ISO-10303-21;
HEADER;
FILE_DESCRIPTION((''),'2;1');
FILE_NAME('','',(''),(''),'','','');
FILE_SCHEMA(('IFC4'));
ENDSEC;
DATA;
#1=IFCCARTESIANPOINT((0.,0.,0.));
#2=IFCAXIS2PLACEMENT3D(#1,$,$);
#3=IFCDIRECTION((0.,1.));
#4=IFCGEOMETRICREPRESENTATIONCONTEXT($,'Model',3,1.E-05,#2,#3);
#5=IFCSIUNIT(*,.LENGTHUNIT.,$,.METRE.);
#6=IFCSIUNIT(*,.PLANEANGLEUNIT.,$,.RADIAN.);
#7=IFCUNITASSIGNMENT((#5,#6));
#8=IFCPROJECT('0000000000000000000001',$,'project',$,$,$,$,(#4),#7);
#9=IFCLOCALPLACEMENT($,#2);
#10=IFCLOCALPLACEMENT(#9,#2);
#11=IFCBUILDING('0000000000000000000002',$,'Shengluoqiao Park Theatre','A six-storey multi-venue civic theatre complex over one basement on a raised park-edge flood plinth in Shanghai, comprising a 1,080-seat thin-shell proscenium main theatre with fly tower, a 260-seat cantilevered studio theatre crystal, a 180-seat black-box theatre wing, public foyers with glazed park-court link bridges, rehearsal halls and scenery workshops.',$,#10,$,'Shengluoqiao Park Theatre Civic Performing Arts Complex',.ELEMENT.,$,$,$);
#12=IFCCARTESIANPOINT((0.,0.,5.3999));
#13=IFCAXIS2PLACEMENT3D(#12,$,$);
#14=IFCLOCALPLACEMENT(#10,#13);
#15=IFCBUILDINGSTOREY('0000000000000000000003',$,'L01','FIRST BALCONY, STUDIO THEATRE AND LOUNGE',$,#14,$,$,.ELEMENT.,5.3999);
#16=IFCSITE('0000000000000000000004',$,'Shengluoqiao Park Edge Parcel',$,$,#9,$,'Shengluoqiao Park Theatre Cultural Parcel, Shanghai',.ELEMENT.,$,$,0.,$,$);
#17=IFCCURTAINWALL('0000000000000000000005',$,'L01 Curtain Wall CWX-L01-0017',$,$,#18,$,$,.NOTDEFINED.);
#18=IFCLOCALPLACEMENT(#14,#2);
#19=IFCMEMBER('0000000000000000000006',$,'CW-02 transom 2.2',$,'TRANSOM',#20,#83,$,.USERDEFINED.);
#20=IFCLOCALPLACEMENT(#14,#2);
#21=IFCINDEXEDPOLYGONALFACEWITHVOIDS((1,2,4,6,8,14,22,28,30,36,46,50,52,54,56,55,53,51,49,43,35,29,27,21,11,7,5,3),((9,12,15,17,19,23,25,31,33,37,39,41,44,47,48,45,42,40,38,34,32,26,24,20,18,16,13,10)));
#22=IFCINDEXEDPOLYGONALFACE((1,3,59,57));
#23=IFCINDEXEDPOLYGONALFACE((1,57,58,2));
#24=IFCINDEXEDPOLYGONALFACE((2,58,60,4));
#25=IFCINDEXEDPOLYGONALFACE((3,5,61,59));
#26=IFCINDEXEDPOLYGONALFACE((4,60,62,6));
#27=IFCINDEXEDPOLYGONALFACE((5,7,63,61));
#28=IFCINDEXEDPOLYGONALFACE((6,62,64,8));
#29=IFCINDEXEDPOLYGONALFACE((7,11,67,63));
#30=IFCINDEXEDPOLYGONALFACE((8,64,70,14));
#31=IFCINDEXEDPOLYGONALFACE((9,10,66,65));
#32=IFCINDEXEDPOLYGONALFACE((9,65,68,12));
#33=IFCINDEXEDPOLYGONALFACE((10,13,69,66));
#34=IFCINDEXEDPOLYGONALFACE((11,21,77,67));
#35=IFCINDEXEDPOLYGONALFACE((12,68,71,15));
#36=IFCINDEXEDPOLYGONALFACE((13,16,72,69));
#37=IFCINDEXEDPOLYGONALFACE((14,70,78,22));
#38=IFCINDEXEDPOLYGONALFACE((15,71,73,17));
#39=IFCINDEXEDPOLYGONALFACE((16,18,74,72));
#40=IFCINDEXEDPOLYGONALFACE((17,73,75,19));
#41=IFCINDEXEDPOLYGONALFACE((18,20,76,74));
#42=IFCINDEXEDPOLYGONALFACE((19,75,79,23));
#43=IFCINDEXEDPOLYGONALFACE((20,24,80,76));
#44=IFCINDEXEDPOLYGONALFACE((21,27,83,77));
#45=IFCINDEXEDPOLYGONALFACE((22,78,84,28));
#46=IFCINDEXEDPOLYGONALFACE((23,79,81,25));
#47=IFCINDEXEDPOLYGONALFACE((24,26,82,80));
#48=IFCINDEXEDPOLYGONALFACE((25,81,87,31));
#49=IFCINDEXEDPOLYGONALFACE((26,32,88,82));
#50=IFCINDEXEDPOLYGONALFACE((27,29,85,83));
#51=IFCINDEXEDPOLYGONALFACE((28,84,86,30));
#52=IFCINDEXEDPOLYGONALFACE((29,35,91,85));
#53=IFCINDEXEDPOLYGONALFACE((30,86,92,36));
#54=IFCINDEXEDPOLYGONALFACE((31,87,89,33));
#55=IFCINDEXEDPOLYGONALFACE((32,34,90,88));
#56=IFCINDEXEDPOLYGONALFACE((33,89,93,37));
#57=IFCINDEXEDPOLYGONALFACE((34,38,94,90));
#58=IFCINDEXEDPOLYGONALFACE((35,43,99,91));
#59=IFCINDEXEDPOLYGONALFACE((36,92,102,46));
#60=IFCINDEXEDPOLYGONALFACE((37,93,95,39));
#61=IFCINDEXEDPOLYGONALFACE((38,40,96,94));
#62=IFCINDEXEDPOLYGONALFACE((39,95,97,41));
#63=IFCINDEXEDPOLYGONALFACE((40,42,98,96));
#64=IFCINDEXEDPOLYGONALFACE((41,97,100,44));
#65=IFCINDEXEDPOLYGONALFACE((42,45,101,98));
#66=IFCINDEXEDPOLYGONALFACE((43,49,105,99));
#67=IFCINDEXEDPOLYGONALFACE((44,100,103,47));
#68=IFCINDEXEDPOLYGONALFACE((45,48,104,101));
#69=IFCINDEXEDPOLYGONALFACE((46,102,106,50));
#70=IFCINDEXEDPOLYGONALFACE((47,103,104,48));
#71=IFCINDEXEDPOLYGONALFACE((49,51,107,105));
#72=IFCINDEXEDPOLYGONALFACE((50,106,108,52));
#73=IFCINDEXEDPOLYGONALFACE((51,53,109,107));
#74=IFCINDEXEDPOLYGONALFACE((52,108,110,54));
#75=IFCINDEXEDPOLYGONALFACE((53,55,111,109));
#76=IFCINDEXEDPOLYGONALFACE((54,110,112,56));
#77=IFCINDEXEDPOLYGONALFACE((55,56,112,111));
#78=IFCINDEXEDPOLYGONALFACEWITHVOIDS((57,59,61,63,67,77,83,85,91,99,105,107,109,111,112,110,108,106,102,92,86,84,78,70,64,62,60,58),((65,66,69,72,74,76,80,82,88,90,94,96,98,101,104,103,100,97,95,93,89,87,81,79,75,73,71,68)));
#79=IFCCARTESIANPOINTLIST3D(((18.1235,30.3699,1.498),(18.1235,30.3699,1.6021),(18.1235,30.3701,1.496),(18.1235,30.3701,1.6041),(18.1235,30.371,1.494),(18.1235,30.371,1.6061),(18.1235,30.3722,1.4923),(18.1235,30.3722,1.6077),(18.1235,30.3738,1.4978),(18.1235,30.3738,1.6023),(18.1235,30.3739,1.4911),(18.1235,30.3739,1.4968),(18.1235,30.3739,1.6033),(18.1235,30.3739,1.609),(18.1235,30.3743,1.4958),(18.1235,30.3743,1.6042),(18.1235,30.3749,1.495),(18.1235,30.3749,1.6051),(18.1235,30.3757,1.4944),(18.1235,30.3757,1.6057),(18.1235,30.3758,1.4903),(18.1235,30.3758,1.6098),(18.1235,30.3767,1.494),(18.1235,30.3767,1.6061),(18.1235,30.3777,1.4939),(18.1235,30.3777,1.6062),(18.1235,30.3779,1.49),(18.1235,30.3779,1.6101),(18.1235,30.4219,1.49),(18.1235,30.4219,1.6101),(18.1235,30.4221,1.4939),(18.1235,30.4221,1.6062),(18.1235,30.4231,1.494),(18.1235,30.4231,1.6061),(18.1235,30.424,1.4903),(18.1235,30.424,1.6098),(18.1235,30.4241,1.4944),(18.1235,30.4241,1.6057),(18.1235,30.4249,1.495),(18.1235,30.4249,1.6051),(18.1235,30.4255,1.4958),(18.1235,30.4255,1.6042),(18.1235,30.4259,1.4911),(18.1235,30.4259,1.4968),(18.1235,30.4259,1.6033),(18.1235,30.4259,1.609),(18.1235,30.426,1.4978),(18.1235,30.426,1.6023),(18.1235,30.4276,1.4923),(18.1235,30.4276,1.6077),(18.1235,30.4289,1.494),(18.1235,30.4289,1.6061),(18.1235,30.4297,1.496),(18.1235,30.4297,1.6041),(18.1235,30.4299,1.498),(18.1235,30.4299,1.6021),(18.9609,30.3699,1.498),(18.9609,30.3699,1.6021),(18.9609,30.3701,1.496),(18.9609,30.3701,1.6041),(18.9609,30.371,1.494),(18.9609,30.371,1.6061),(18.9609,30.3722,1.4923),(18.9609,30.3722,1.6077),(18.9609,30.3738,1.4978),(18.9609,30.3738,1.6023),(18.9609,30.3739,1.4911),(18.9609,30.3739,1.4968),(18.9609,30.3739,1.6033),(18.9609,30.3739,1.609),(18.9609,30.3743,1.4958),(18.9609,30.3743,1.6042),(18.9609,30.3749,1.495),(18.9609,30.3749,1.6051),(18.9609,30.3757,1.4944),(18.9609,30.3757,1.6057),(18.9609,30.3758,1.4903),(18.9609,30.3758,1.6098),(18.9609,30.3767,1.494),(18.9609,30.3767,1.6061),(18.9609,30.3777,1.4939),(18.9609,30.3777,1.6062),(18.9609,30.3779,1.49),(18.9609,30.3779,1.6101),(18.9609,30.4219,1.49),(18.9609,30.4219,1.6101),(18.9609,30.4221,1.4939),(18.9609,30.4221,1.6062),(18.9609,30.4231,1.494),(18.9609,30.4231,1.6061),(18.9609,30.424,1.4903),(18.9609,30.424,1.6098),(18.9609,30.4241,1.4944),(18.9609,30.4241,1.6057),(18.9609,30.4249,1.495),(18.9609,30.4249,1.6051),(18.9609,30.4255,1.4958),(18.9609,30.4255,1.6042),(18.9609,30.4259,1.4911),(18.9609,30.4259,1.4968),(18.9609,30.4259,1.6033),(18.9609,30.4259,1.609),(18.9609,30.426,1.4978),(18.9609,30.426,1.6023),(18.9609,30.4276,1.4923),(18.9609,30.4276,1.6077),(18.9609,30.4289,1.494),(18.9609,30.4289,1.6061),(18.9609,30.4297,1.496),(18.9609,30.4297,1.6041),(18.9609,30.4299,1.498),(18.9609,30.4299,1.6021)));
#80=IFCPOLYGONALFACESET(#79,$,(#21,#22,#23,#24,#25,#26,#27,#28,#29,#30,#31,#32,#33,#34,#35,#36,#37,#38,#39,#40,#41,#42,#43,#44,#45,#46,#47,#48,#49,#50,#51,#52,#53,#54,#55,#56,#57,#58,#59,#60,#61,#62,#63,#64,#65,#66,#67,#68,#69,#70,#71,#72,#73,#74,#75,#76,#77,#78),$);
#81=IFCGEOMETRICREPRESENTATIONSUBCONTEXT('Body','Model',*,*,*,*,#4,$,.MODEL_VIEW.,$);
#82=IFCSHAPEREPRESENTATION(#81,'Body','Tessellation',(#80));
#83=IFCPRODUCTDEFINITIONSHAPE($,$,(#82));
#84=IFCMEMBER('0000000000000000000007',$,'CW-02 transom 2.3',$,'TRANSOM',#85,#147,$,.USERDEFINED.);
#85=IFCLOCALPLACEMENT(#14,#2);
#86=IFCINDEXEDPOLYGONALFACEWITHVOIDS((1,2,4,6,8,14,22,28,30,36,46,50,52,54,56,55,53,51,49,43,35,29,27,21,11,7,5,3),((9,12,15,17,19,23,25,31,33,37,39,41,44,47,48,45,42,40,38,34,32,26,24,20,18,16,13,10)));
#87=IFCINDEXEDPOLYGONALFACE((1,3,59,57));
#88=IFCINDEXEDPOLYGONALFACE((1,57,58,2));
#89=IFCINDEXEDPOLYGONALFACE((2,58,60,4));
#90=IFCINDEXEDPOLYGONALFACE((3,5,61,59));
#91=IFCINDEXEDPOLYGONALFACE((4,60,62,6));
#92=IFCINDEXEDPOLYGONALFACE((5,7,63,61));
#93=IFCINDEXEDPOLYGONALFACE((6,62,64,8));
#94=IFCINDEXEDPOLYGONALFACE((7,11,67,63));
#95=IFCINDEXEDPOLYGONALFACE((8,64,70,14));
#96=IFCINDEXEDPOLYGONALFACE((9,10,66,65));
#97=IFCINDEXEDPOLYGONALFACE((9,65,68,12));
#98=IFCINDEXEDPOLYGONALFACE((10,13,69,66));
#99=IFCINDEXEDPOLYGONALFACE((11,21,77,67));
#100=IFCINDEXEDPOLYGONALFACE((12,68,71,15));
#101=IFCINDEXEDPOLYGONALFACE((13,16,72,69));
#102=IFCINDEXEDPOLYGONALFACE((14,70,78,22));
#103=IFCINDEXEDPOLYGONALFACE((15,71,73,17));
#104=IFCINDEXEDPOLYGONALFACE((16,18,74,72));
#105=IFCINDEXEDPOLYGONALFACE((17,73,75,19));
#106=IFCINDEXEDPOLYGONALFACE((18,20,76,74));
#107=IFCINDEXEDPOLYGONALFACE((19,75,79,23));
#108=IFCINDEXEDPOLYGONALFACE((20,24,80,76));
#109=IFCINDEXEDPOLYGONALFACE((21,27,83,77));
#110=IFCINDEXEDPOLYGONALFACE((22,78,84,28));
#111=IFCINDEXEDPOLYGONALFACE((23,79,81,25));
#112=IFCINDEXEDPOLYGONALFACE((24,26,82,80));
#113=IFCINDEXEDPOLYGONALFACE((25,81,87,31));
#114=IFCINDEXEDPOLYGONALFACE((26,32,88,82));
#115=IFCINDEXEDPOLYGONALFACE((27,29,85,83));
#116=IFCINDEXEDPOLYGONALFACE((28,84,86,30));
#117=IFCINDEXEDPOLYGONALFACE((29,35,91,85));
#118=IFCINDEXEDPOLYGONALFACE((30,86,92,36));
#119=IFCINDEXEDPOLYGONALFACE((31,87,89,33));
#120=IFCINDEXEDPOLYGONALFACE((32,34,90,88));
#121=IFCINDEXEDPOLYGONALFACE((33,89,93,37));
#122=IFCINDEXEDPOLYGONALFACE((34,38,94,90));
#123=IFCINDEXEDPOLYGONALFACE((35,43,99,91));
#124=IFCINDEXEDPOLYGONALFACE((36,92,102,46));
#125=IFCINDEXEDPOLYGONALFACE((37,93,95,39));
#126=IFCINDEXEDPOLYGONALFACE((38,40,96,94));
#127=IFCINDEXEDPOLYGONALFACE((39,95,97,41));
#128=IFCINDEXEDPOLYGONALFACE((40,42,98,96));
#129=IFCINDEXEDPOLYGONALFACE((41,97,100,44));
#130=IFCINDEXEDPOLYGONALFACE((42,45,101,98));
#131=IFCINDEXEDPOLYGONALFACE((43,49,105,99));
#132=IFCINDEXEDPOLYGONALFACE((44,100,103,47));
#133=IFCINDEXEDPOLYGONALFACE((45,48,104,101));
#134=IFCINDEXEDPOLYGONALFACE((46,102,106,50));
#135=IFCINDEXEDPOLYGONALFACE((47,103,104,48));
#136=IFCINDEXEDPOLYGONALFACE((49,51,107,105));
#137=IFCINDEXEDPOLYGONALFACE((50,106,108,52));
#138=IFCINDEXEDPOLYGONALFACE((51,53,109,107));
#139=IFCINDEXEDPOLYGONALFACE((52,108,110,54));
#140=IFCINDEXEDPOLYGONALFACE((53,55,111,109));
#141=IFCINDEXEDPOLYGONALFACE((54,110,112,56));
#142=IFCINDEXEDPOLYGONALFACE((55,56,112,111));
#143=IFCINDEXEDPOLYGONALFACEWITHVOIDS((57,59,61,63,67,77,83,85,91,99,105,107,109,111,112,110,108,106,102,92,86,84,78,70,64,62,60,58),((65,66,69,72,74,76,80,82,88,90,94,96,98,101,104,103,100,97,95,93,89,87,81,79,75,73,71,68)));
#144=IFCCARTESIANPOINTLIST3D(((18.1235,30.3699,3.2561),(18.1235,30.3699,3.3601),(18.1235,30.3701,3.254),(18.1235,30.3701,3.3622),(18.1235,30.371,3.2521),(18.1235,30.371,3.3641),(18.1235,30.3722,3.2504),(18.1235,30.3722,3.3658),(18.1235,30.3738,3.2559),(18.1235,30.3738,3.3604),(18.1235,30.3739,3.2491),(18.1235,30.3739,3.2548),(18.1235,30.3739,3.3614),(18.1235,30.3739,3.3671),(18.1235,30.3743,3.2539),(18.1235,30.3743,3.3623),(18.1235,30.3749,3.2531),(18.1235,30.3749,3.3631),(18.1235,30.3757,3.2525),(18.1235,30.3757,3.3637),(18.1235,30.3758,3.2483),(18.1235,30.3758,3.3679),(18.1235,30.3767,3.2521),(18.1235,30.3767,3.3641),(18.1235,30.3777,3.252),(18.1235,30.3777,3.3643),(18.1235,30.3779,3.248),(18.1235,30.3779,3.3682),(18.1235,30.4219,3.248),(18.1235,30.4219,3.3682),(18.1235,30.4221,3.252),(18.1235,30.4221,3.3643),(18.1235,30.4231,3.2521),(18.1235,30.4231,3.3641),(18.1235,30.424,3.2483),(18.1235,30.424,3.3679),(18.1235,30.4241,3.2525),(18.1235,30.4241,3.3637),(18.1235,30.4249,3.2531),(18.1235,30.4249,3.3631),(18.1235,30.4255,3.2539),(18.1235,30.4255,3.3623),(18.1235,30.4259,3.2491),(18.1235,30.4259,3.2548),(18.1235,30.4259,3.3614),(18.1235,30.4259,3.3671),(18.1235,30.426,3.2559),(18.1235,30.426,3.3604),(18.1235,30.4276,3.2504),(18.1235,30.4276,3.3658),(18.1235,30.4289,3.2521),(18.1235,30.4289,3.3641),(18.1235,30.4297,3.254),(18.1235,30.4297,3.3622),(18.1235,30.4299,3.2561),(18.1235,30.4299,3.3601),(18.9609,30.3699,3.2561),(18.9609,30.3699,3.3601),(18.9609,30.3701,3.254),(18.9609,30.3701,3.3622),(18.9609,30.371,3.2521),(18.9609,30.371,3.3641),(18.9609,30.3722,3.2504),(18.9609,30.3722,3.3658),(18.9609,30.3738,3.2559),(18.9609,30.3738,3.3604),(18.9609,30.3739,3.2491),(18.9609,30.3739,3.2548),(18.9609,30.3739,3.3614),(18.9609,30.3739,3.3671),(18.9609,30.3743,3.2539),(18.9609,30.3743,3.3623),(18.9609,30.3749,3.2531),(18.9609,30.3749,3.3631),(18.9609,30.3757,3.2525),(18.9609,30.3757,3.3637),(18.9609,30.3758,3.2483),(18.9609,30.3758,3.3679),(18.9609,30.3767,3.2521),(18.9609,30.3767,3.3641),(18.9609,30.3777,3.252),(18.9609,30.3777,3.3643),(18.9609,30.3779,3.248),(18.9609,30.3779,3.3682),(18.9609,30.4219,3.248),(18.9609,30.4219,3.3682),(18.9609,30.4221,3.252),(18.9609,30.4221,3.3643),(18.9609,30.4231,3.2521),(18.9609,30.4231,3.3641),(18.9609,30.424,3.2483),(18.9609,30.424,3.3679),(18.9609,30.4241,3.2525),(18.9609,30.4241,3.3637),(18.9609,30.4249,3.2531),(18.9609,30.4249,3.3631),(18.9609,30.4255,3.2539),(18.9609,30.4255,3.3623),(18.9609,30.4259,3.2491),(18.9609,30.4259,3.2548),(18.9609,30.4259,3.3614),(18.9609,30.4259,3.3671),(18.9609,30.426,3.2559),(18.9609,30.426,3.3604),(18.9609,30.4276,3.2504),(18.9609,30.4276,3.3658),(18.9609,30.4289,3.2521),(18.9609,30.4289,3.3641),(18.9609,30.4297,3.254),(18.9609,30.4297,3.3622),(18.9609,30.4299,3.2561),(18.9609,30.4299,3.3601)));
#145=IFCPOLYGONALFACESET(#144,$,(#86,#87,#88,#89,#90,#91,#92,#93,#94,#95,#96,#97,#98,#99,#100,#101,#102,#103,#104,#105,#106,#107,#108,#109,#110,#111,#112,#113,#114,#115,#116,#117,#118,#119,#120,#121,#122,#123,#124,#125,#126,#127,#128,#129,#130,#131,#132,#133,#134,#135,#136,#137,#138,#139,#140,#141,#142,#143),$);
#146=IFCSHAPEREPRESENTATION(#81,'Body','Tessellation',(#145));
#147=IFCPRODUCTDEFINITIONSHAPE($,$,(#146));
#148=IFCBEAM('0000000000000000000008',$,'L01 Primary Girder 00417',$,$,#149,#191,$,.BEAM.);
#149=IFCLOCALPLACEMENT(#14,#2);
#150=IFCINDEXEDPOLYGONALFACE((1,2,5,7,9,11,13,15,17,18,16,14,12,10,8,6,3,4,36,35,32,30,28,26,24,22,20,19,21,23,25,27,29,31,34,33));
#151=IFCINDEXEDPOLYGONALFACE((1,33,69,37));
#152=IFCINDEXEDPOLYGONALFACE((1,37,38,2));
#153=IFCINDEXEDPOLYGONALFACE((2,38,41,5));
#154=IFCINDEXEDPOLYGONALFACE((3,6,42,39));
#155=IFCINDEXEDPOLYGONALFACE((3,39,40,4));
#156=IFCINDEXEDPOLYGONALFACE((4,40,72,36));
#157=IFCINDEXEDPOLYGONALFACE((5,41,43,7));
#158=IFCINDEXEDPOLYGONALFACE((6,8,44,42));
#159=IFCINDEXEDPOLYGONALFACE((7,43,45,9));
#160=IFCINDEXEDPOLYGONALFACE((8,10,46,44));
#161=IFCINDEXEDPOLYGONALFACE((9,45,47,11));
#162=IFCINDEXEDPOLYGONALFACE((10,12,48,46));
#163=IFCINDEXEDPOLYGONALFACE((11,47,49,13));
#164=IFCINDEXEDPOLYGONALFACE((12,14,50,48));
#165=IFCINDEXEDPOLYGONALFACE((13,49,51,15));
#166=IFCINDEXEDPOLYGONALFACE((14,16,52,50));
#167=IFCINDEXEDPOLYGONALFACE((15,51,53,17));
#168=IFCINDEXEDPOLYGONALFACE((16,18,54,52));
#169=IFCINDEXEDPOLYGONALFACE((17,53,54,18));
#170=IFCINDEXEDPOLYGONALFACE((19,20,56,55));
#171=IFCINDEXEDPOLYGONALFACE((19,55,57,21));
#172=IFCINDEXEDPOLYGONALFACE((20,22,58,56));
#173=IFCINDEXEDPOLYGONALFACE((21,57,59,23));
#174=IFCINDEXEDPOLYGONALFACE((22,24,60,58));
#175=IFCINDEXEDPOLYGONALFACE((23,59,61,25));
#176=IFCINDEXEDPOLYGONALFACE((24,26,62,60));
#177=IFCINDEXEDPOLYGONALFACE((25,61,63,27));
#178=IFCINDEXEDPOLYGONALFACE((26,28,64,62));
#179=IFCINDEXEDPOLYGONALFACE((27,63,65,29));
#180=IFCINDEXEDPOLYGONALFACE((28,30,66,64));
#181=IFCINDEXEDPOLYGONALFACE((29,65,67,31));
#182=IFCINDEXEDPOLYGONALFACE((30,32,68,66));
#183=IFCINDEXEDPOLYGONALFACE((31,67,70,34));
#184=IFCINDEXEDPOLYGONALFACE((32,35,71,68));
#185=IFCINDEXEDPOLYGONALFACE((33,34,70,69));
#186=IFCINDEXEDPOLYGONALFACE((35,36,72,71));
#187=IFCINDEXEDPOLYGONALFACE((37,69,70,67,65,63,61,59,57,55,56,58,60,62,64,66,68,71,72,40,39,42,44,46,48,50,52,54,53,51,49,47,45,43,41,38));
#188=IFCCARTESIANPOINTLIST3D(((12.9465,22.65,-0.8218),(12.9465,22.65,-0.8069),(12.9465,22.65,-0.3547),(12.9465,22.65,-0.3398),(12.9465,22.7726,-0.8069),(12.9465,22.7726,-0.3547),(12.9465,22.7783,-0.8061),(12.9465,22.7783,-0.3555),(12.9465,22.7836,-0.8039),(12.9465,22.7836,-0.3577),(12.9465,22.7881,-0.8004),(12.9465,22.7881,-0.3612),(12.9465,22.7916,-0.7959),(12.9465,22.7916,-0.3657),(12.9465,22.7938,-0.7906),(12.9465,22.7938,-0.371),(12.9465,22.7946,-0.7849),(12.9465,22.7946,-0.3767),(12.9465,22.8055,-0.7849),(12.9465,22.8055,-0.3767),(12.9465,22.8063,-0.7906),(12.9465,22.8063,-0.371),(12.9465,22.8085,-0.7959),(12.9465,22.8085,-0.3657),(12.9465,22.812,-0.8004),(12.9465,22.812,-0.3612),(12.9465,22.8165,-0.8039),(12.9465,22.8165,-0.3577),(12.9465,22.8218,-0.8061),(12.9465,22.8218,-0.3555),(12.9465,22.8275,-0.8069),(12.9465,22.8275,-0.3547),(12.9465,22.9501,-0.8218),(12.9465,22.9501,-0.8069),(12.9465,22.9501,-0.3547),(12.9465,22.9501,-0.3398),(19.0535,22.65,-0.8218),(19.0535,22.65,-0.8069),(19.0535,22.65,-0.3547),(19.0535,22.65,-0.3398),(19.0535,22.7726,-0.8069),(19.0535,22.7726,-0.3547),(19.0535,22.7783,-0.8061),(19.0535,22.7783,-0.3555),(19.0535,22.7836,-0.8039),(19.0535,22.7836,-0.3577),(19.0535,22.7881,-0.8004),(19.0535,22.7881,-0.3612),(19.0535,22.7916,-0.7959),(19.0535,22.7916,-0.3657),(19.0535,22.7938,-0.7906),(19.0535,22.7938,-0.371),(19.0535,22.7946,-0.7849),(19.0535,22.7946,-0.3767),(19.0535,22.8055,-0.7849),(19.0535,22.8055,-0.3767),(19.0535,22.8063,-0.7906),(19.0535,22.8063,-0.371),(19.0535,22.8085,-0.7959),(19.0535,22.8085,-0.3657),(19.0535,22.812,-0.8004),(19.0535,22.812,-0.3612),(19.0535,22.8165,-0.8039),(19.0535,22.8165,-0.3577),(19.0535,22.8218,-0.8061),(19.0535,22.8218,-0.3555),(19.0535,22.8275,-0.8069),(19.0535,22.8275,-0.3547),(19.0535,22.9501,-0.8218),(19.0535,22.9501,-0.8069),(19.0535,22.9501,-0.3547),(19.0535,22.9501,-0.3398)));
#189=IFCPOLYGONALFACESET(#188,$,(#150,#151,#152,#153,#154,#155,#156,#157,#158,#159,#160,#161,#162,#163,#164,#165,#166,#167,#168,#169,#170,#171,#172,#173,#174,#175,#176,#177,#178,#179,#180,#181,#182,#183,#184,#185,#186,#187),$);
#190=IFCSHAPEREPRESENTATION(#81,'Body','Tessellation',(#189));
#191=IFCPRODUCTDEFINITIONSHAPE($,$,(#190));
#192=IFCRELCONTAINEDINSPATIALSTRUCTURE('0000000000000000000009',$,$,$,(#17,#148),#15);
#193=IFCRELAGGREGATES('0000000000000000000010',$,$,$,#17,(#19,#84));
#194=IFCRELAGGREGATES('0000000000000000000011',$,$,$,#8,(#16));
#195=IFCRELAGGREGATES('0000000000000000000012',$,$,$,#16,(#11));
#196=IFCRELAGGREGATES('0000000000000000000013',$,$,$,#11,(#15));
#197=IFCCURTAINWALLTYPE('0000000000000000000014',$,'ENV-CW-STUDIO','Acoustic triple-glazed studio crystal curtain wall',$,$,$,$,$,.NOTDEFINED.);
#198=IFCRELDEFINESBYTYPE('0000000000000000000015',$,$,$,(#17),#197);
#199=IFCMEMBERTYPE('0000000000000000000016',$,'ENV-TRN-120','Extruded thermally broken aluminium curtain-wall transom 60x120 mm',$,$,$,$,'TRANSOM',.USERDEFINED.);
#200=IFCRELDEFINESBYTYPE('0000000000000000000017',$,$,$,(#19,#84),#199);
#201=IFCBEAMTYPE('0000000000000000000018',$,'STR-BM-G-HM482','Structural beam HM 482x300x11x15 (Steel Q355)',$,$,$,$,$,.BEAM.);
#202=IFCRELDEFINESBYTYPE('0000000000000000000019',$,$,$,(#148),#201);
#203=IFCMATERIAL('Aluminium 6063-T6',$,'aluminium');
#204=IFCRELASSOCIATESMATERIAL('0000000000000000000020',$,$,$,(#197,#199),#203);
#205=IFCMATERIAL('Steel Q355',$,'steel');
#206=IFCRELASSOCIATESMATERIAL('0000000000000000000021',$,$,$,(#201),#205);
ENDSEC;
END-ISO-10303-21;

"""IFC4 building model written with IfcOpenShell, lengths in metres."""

from ifc_helpers import new_model, si_unit, direction, frame, origin, origin_2d, place, context, subcontext, project, spatial, hollow_rectangle, i_section, extrude, material, material_profile, profile_set, type_object, element, aggregate, save


model = new_model("IFC4")

# Units and contexts
model_context = context("Model", 3, precision=1e-05, world=origin(), true_north=direction((0.0, 1.0)))
body_context = subcontext(model_context, "Body", "Model", "MODEL_VIEW")
ifc_project = project(units=[si_unit("LENGTHUNIT", "METRE"), si_unit("PLANEANGLEUNIT", "RADIAN")], contexts=[model_context])

# Site, building, storey
site_placement = place(None, origin())
site = spatial("IfcSite", under=ifc_project, at=site_placement, Name="Shengluoqiao Park Edge Parcel", LongName="Shengluoqiao Park Theatre Cultural Parcel, Shanghai", CompositionType="ELEMENT", RefElevation=0.0)
building_placement = place(site_placement, origin())
building = spatial("IfcBuilding", under=site, at=building_placement, Name="Shengluoqiao Park Theatre", Description="A six-storey multi-venue civic theatre complex over one basement on a raised park-edge flood plinth in Shanghai, comprising a 1,080-seat thin-shell proscenium main theatre with fly tower, a 260-seat cantilevered studio theatre crystal, a 180-seat black-box theatre wing, public foyers with glazed park-court link bridges, rehearsal halls and scenery workshops.", LongName="Shengluoqiao Park Theatre Civic Performing Arts Complex", CompositionType="ELEMENT")
storey_placement = place(building_placement, frame((0.0, 0.0, 5.3999)))
storey = spatial("IfcBuildingStorey", under=building, at=storey_placement, Name="L01", Description="FIRST BALCONY, STUDIO THEATRE AND LOUNGE", CompositionType="ELEMENT", Elevation=5.3999)

# Shared definitions
ifc_material_1 = material(Name="Steel Q355", Category="steel")

# Curtain wall
ifc_material_2 = material(Name="Aluminium 6063-T6", Category="aluminium")
curtain_wall_type = type_object("IfcCurtainWallType", Name="ENV-CW-STUDIO", Description="Acoustic triple-glazed studio crystal curtain wall", PredefinedType="NOTDEFINED", material=ifc_material_2)
curtain_wall_1_placement = place(storey_placement, origin())
curtain_wall_1 = element("IfcCurtainWall", 1, at=curtain_wall_1_placement, inside=storey, type_object=curtain_wall_type, Name="L01 Curtain Wall CWX-L01-0017", PredefinedType="NOTDEFINED")

# Members
ifc_material_profile_1 = material_profile(ifc_material_2, hollow_rectangle(XDim=0.0601, YDim=0.1201, WallThickness=0.0039, InnerFilletRadius=0.0039, OuterFilletRadius=0.0081, at=origin_2d()), Name="ALU TRANSOM 120x60x4")
ifc_profile_set_1 = profile_set([ifc_material_profile_1], Name="Aluminium 6063-T6")
member_type_1 = type_object("IfcMemberType", Name="ENV-TRN-120", Description="Extruded thermally broken aluminium curtain-wall transom 60x120 mm", ElementType="TRANSOM", PredefinedType="USERDEFINED", material=ifc_profile_set_1)
member_1_placement = place(storey_placement, frame((18.1235, 30.3999, 1.55), z_axis=(1.0, 0.0, 0.0), x_axis=(0.0, 1.0, 0.0)))
member_1 = element("IfcMember", 2, at=member_1_placement, type_object=member_type_1, Name="CW-02 transom 2.2", ObjectType="TRANSOM", PredefinedType="USERDEFINED", context=body_context, shape_type="SweptSolid", body=[
    extrude(hollow_rectangle(XDim=0.0601, YDim=0.1201, WallThickness=0.0039, InnerFilletRadius=0.0039, OuterFilletRadius=0.0081, at=origin_2d()), origin(), (0.0, 0.0, 1.0), 0.8374),
])
member_2_placement = place(storey_placement, frame((18.1235, 30.3999, 3.3081), z_axis=(1.0, 0.0, 0.0), x_axis=(0.0, 1.0, 0.0)))
member_2 = element("IfcMember", 3, at=member_2_placement, type_object=member_type_1, Name="CW-02 transom 2.3", ObjectType="TRANSOM", PredefinedType="USERDEFINED", context=body_context, shape_type="SweptSolid", body=[
    extrude(hollow_rectangle(XDim=0.0601, YDim=0.1201, WallThickness=0.0039, InnerFilletRadius=0.0039, OuterFilletRadius=0.0081, at=origin_2d()), origin(), (0.0, 0.0, 1.0), 0.8374),
])

# Beam
ifc_material_profile_2 = material_profile(ifc_material_1, i_section(OverallWidth=0.3, OverallDepth=0.4819, WebThickness=0.011, FlangeThickness=0.0149, FilletRadius=0.022, at=origin_2d()), Name="HM 482x300x11x15")
ifc_profile_set_2 = profile_set([ifc_material_profile_2], Name="Steel Q355")
beam_type_1 = type_object("IfcBeamType", Name="STR-BM-G-HM482", Description="Structural beam HM 482x300x11x15 (Steel Q355)", PredefinedType="BEAM", material=ifc_profile_set_2)
beam_1_placement = place(storey_placement, frame((12.9465, 22.8, -0.5808), z_axis=(1.0, 0.0, 0.0), x_axis=(0.0, 1.0, 0.0)))
element("IfcBeam", 4, at=beam_1_placement, inside=storey, type_object=beam_type_1, Name="L01 Primary Girder 00417", PredefinedType="BEAM", context=body_context, shape_type="SweptSolid", body=[
    extrude(i_section(OverallWidth=0.3, OverallDepth=0.4819, WebThickness=0.011, FlangeThickness=0.0149, FilletRadius=0.022, at=origin_2d()), origin(), (0.0, 0.0, 1.0), 6.1069),
])

aggregate(curtain_wall_1, [member_1, member_2])

save(model, "model.ifc")
